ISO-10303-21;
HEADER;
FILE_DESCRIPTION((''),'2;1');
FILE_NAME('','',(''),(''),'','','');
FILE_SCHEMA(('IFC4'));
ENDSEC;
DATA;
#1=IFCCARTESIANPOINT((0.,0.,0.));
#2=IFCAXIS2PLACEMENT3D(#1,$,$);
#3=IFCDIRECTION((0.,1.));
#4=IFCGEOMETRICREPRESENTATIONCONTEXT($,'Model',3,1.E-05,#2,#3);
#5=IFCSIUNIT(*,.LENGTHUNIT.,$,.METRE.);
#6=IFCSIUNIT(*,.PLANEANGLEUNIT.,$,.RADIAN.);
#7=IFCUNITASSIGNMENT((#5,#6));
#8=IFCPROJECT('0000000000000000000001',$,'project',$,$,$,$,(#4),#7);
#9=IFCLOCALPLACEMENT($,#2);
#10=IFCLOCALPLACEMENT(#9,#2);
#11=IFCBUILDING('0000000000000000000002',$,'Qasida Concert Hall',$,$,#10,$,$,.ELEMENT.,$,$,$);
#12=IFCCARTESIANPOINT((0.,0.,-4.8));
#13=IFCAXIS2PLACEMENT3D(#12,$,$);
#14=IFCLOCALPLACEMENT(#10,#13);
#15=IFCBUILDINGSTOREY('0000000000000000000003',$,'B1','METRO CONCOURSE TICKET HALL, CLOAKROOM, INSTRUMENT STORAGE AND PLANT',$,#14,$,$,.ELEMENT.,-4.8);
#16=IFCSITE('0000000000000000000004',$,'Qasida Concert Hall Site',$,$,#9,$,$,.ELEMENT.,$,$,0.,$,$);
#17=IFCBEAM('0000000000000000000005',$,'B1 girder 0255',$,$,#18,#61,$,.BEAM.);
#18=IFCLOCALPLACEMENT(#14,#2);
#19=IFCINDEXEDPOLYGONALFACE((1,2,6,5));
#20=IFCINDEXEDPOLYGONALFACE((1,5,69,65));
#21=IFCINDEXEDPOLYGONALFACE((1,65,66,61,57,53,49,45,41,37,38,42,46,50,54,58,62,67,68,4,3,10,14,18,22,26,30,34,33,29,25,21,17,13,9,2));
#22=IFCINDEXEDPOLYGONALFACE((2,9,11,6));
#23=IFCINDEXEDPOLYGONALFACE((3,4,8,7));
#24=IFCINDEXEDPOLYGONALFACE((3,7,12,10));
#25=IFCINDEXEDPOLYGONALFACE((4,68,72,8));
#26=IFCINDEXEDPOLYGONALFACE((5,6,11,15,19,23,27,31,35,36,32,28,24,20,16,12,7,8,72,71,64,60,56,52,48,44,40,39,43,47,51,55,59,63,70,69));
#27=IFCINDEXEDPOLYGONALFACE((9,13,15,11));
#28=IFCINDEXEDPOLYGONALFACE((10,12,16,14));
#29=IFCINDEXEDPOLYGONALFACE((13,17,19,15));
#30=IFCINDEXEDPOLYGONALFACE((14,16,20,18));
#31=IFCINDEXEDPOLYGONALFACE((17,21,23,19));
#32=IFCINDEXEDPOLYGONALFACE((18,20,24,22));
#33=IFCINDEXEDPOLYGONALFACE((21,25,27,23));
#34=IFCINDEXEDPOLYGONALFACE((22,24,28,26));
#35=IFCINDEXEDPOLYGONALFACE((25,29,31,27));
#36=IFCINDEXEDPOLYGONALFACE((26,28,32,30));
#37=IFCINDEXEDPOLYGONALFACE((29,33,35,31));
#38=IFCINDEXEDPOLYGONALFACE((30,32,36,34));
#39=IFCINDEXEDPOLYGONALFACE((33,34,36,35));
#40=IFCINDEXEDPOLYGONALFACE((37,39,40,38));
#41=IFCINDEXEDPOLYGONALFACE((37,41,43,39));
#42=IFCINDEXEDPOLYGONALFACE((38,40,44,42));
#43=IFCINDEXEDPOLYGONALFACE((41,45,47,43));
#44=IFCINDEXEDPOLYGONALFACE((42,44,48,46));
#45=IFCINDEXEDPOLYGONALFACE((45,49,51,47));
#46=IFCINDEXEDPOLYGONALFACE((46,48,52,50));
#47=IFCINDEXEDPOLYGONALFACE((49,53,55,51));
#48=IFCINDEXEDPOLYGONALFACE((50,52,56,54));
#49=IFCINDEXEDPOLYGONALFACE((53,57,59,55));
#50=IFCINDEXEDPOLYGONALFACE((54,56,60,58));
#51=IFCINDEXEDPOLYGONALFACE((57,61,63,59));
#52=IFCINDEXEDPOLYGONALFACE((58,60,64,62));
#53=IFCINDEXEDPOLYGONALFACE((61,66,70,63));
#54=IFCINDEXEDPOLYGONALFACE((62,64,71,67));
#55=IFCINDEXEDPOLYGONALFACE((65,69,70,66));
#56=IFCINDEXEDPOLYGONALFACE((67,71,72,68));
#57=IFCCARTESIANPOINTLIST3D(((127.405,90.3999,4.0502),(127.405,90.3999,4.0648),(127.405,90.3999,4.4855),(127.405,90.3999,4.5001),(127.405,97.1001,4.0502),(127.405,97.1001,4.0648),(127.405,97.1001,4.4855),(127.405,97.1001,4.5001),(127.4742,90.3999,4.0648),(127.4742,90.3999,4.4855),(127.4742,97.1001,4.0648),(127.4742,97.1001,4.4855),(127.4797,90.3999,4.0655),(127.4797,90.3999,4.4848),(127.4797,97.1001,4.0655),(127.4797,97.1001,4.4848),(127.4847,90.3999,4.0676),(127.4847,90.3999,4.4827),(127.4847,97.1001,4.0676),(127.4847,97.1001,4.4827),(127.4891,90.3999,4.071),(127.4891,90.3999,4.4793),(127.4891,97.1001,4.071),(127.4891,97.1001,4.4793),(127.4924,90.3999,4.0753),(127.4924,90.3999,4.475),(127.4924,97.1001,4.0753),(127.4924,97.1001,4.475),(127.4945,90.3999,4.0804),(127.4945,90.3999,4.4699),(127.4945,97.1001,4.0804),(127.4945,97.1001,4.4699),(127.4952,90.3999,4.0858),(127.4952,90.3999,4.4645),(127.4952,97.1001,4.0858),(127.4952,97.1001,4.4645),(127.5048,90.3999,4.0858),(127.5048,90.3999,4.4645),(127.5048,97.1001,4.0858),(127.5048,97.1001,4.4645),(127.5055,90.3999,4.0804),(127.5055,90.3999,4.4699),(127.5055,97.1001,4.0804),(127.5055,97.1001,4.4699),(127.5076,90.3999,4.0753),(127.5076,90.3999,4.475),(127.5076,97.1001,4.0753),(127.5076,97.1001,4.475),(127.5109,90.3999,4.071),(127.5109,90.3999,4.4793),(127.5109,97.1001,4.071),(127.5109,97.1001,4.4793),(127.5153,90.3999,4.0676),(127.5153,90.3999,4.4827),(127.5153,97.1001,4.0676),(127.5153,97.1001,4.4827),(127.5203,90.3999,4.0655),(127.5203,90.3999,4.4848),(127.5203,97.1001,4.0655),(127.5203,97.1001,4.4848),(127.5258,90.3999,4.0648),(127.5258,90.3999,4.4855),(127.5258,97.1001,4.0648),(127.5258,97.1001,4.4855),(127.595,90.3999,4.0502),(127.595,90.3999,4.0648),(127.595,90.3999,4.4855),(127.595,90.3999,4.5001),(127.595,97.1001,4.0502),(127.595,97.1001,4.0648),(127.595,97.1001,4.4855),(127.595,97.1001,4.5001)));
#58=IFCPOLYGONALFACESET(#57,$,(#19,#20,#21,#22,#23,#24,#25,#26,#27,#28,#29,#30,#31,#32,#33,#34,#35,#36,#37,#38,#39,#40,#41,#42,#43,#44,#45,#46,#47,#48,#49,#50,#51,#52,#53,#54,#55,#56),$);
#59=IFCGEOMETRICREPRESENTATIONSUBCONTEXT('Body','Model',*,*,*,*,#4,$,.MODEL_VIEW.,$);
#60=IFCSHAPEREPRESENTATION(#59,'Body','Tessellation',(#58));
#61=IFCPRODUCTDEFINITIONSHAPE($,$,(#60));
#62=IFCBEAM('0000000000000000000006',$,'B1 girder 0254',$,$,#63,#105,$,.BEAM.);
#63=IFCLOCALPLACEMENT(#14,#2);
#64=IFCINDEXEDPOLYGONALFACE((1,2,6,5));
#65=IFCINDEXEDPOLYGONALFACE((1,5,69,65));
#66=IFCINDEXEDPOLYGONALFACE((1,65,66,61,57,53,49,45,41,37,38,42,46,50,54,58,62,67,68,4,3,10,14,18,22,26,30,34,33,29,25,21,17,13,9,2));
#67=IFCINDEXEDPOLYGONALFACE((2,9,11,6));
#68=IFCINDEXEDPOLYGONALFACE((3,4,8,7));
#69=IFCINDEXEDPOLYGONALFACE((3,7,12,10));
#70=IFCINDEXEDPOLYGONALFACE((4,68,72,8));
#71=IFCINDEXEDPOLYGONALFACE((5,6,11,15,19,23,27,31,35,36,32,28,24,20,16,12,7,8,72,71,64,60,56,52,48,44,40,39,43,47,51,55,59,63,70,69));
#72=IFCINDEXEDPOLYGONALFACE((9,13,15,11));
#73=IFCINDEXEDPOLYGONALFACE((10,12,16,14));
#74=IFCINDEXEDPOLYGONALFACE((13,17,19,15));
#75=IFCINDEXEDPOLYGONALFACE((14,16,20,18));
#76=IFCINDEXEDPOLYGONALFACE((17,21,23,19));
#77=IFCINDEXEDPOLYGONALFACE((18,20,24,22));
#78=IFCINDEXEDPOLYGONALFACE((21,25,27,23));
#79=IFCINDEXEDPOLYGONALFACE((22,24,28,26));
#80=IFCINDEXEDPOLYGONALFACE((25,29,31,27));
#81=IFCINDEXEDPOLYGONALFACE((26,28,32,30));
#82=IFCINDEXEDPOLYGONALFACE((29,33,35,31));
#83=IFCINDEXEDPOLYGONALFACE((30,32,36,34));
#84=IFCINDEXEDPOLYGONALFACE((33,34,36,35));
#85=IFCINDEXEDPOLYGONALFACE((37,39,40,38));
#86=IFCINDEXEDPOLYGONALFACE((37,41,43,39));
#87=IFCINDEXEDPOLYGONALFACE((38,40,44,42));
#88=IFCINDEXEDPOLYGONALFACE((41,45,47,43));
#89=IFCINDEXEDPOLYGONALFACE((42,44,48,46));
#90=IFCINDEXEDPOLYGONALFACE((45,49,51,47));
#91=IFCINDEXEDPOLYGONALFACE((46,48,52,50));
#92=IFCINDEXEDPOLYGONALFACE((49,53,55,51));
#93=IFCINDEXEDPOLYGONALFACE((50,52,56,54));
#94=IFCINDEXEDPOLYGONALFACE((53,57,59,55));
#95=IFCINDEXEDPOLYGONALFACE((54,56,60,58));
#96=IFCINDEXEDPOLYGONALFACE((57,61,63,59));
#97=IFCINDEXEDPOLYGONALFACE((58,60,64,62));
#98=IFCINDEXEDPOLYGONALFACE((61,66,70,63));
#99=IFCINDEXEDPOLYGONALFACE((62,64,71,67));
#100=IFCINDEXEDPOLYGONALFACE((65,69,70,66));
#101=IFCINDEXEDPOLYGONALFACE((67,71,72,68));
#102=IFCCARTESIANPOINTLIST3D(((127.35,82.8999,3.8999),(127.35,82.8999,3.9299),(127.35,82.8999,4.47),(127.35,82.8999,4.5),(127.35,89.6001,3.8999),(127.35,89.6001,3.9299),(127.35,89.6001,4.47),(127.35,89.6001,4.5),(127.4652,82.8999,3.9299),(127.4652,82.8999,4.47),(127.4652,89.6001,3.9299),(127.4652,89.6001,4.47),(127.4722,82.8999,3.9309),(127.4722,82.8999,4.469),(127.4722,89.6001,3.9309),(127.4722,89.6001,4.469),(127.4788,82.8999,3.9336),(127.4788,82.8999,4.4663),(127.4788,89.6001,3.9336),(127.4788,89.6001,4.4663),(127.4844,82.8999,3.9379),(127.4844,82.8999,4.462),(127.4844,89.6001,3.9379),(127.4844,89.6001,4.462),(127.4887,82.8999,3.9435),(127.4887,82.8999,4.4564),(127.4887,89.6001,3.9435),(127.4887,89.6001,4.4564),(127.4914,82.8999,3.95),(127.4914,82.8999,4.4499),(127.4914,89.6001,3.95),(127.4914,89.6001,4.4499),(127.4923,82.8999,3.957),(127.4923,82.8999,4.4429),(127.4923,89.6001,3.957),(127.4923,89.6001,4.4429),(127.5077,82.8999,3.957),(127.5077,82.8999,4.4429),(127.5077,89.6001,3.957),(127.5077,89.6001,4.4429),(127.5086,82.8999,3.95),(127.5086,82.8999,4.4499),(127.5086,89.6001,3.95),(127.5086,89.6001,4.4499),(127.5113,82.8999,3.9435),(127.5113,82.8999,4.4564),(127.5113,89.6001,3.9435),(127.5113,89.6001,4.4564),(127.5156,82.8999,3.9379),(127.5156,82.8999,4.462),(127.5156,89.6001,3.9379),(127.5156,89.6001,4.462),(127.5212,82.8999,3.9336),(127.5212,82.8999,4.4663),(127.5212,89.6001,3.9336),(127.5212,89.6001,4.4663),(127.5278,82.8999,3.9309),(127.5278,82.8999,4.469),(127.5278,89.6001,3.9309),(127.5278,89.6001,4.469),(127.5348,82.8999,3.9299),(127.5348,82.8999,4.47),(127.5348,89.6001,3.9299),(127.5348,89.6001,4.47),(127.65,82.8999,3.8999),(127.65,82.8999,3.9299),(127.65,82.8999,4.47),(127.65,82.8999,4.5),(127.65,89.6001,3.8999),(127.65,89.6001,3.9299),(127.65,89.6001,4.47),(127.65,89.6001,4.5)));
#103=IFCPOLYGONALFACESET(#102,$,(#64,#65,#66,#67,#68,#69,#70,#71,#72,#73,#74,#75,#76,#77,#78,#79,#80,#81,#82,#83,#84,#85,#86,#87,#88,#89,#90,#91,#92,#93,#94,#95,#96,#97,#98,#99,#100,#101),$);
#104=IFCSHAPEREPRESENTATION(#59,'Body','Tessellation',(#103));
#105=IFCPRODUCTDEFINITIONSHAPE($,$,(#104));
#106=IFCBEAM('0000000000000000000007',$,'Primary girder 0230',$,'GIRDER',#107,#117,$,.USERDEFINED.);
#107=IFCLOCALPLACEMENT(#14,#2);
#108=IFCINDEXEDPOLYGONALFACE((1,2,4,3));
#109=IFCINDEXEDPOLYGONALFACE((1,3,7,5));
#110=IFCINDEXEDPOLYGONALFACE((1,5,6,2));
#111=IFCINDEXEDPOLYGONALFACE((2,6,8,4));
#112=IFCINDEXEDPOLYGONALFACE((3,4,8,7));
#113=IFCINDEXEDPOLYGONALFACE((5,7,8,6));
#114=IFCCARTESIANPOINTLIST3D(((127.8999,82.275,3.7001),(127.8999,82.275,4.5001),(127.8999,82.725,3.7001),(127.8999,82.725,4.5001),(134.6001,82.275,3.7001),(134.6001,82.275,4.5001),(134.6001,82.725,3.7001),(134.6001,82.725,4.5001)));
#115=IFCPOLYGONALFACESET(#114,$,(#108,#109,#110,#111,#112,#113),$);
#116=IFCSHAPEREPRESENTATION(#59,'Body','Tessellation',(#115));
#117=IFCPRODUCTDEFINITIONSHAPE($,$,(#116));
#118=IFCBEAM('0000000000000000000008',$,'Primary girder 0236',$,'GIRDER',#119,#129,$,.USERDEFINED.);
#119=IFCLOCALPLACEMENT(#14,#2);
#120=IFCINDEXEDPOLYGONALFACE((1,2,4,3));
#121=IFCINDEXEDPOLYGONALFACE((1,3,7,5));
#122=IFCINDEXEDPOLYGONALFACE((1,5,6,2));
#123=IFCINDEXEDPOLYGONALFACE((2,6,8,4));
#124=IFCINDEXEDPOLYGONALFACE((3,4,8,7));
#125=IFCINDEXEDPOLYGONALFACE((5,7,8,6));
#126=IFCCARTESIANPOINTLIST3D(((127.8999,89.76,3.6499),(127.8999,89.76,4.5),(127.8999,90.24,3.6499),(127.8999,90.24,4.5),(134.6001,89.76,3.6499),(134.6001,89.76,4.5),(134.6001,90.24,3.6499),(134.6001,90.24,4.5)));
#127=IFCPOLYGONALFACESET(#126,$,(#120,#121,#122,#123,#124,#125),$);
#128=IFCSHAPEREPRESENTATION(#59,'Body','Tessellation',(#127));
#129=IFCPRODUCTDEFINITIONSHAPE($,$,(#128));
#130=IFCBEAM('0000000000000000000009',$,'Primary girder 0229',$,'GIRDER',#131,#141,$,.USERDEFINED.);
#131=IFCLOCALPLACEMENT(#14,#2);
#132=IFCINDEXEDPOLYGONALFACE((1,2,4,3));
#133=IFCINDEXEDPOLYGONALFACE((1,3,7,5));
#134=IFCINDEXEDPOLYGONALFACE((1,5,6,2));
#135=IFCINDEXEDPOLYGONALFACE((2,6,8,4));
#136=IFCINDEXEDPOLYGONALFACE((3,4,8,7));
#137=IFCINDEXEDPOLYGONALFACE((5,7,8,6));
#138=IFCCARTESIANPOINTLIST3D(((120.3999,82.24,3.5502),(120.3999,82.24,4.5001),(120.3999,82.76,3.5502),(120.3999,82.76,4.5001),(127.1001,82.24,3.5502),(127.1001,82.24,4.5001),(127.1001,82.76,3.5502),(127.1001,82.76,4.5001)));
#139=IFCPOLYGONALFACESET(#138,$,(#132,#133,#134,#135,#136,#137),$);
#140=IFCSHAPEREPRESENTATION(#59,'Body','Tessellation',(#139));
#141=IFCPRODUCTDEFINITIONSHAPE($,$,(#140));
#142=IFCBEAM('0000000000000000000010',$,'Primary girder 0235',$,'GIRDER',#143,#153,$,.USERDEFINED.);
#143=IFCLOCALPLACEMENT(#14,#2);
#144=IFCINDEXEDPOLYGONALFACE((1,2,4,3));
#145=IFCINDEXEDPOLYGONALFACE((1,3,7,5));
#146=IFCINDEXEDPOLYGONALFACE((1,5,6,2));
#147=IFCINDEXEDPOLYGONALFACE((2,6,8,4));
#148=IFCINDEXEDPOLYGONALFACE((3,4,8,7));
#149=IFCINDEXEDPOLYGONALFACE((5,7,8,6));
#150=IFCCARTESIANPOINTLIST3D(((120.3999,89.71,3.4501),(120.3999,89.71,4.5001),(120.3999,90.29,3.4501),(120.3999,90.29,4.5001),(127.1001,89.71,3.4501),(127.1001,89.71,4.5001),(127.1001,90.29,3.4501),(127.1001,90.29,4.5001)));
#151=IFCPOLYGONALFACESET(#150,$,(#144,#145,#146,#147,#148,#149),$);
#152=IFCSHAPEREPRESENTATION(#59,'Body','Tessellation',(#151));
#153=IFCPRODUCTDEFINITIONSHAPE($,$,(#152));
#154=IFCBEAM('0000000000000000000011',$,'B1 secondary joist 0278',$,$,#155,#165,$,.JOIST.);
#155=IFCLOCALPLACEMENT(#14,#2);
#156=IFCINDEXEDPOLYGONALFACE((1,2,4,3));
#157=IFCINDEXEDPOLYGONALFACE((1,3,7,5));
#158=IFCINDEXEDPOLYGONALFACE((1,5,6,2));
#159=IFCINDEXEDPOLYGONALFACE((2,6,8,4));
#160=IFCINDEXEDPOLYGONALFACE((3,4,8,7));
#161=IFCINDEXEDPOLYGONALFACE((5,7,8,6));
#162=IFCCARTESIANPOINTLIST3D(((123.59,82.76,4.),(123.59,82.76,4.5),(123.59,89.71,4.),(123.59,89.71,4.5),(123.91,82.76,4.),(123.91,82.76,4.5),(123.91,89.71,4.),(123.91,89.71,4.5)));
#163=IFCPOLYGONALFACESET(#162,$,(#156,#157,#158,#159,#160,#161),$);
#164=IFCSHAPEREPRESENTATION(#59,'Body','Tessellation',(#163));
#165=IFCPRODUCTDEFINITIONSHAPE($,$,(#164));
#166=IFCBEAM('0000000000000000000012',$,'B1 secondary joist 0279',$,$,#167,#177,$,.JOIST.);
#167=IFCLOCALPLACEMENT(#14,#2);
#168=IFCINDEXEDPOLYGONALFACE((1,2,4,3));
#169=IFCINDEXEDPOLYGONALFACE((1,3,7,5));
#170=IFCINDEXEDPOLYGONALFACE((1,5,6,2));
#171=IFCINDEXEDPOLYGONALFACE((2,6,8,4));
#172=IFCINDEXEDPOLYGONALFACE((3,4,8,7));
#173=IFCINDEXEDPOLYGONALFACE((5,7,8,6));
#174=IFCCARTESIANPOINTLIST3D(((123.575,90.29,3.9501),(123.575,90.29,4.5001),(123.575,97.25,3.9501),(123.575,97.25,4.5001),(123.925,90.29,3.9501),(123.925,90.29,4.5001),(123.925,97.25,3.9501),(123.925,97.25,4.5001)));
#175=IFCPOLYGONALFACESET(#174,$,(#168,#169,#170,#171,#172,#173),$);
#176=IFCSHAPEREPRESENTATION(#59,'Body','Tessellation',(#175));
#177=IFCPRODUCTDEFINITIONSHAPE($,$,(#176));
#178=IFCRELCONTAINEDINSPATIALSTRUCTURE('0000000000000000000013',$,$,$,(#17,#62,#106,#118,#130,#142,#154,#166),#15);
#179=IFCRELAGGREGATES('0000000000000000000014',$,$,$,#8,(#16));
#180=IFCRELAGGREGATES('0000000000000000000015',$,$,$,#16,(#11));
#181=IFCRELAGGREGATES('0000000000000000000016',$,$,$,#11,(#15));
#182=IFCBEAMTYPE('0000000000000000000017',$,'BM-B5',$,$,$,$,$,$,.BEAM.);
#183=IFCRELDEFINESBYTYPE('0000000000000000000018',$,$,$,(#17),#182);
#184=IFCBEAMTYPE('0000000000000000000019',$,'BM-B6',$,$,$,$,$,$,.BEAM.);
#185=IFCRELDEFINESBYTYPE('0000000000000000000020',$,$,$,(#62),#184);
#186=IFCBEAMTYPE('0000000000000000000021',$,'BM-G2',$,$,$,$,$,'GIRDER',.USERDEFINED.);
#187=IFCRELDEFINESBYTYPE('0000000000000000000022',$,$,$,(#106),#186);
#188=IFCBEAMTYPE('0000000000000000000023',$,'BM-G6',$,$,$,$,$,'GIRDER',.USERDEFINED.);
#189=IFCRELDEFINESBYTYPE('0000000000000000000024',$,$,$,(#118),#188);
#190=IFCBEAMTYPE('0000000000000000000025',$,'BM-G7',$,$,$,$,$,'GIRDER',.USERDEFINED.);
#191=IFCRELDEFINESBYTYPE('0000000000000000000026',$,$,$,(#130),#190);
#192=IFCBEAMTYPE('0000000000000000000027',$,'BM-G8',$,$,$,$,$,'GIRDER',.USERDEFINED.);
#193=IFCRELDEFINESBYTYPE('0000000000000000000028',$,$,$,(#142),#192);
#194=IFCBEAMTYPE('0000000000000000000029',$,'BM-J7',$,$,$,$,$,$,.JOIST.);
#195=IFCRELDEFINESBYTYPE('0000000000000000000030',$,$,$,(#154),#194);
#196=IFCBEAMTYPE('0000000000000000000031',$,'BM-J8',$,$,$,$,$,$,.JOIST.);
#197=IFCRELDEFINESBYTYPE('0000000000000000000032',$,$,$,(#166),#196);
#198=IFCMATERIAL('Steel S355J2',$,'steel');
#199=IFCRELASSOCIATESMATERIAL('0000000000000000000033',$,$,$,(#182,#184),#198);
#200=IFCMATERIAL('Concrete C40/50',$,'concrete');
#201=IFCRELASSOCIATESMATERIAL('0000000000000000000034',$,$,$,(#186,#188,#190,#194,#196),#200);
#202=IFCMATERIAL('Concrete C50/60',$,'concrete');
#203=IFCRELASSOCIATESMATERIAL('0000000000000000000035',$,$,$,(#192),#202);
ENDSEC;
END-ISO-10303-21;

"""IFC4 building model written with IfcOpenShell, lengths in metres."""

from ifc_helpers import new_model, si_unit, direction, frame, origin, origin_2d, place, context, subcontext, project, spatial, rectangle, i_section, extrude, material, material_profile, profile_set, type_object, element, save


model = new_model("IFC4")

# Units and contexts
model_context = context("Model", 3, precision=1e-05, world=origin(), true_north=direction((0.0, 1.0)))
body_context = subcontext(model_context, "Body", "Model", "MODEL_VIEW")
ifc_project = project(units=[si_unit("LENGTHUNIT", "METRE"), si_unit("PLANEANGLEUNIT", "RADIAN")], contexts=[model_context])

# Site, building, storey
site_placement = place(None, origin())
site = spatial("IfcSite", under=ifc_project, at=site_placement, Name="Qasida Concert Hall Site", CompositionType="ELEMENT", RefElevation=0.0)
building_placement = place(site_placement, origin())
building = spatial("IfcBuilding", under=site, at=building_placement, Name="Qasida Concert Hall", CompositionType="ELEMENT")
storey_placement = place(building_placement, frame((0.0, 0.0, -4.8)))
storey = spatial("IfcBuildingStorey", under=building, at=storey_placement, Name="B1", Description="METRO CONCOURSE TICKET HALL, CLOAKROOM, INSTRUMENT STORAGE AND PLANT", CompositionType="ELEMENT", Elevation=-4.8)

# Shared definitions
ifc_material_1 = material(Name="Concrete C40/50", Category="concrete")

# Shared definitions
ifc_material_2 = material(Name="Concrete C50/60", Category="concrete")

# Beams
ifc_material_3 = material(Name="Steel S355J2", Category="steel")
ifc_material_profile_1 = material_profile(ifc_material_3, i_section(OverallWidth=0.1899, OverallDepth=0.45, WebThickness=0.0095, FlangeThickness=0.0146, FilletRadius=0.021, at=origin_2d()), Name="IPE 450")
ifc_profile_set_1 = profile_set([ifc_material_profile_1], Name="Steel S355J2")
beam_type_1 = type_object("IfcBeamType", Name="BM-B5", PredefinedType="BEAM", material=ifc_profile_set_1)
beam_1_placement = place(storey_placement, frame((127.5, 90.3999, 4.2751), z_axis=(0.0, 1.0, 0.0), x_axis=(-1.0, 0.0, 0.0)))
element("IfcBeam", 1, at=beam_1_placement, inside=storey, type_object=beam_type_1, Name="B1 girder 0255", PredefinedType="BEAM", context=body_context, shape_type="SweptSolid", body=[
    extrude(i_section(OverallWidth=0.1899, OverallDepth=0.45, WebThickness=0.0095, FlangeThickness=0.0146, FilletRadius=0.021, at=origin_2d()), origin(), (0.0, 0.0, 1.0), 6.7002),
])
ifc_material_profile_2 = material_profile(ifc_material_3, i_section(OverallWidth=0.3, OverallDepth=0.6001, WebThickness=0.0154, FlangeThickness=0.03, FilletRadius=0.0271, at=origin_2d()), Name="HEB 600")
ifc_profile_set_2 = profile_set([ifc_material_profile_2], Name="Steel S355J2")
beam_type_2 = type_object("IfcBeamType", Name="BM-B6", PredefinedType="BEAM", material=ifc_profile_set_2)
beam_2_placement = place(storey_placement, frame((127.5, 82.8999, 4.2), z_axis=(0.0, 1.0, 0.0), x_axis=(-1.0, 0.0, 0.0)))
element("IfcBeam", 2, at=beam_2_placement, inside=storey, type_object=beam_type_2, Name="B1 girder 0254", PredefinedType="BEAM", context=body_context, shape_type="SweptSolid", body=[
    extrude(i_section(OverallWidth=0.3, OverallDepth=0.6001, WebThickness=0.0154, FlangeThickness=0.03, FilletRadius=0.0271, at=origin_2d()), origin(), (0.0, 0.0, 1.0), 6.7002),
])
ifc_material_profile_3 = material_profile(ifc_material_1, rectangle(XDim=0.45, YDim=0.8, at=origin_2d()), Name="RC 450x800")
ifc_profile_set_3 = profile_set([ifc_material_profile_3], Name="Concrete C40/50")
beam_type_3 = type_object("IfcBeamType", Name="BM-G2", ElementType="GIRDER", PredefinedType="USERDEFINED", material=ifc_profile_set_3)
beam_3_placement = place(storey_placement, frame((127.8999, 82.5, 4.1001), z_axis=(1.0, 0.0, 0.0), x_axis=(0.0, 1.0, 0.0)))
element("IfcBeam", 3, at=beam_3_placement, inside=storey, type_object=beam_type_3, Name="Primary girder 0230", ObjectType="GIRDER", PredefinedType="USERDEFINED", context=body_context, shape_type="SweptSolid", body=[
    extrude(rectangle(XDim=0.45, YDim=0.8, at=origin_2d()), origin(), (0.0, 0.0, 1.0), 6.7002),
])
ifc_material_profile_4 = material_profile(ifc_material_1, rectangle(XDim=0.48, YDim=0.8501, at=origin_2d()), Name="RC 480x850")
ifc_profile_set_4 = profile_set([ifc_material_profile_4], Name="Concrete C40/50")
beam_type_4 = type_object("IfcBeamType", Name="BM-G6", ElementType="GIRDER", PredefinedType="USERDEFINED", material=ifc_profile_set_4)
beam_4_placement = place(storey_placement, frame((127.8999, 90.0, 4.075), z_axis=(1.0, 0.0, 0.0), x_axis=(0.0, 1.0, 0.0)))
element("IfcBeam", 4, at=beam_4_placement, inside=storey, type_object=beam_type_4, Name="Primary girder 0236", ObjectType="GIRDER", PredefinedType="USERDEFINED", context=body_context, shape_type="SweptSolid", body=[
    extrude(rectangle(XDim=0.48, YDim=0.8501, at=origin_2d()), origin(), (0.0, 0.0, 1.0), 6.7002),
])
ifc_material_profile_5 = material_profile(ifc_material_1, rectangle(XDim=0.52, YDim=0.95, at=origin_2d()), Name="RC 520x950")
ifc_profile_set_5 = profile_set([ifc_material_profile_5], Name="Concrete C40/50")
beam_type_5 = type_object("IfcBeamType", Name="BM-G7", ElementType="GIRDER", PredefinedType="USERDEFINED", material=ifc_profile_set_5)
beam_5_placement = place(storey_placement, frame((120.3999, 82.5, 4.0251), z_axis=(1.0, 0.0, 0.0), x_axis=(0.0, 1.0, 0.0)))
element("IfcBeam", 5, at=beam_5_placement, inside=storey, type_object=beam_type_5, Name="Primary girder 0229", ObjectType="GIRDER", PredefinedType="USERDEFINED", context=body_context, shape_type="SweptSolid", body=[
    extrude(rectangle(XDim=0.52, YDim=0.95, at=origin_2d()), origin(), (0.0, 0.0, 1.0), 6.7002),
])
ifc_material_profile_6 = material_profile(ifc_material_2, rectangle(XDim=0.5801, YDim=1.05, at=origin_2d()), Name="RC 580x1050")
ifc_profile_set_6 = profile_set([ifc_material_profile_6], Name="Concrete C50/60")
beam_type_6 = type_object("IfcBeamType", Name="BM-G8", ElementType="GIRDER", PredefinedType="USERDEFINED", material=ifc_profile_set_6)
beam_6_placement = place(storey_placement, frame((120.3999, 90.0, 3.9751), z_axis=(1.0, 0.0, 0.0), x_axis=(0.0, 1.0, 0.0)))
element("IfcBeam", 6, at=beam_6_placement, inside=storey, type_object=beam_type_6, Name="Primary girder 0235", ObjectType="GIRDER", PredefinedType="USERDEFINED", context=body_context, shape_type="SweptSolid", body=[
    extrude(rectangle(XDim=0.5801, YDim=1.05, at=origin_2d()), origin(), (0.0, 0.0, 1.0), 6.7002),
])
ifc_material_profile_7 = material_profile(ifc_material_1, rectangle(XDim=0.3201, YDim=0.5, at=origin_2d()), Name="RC 320x500")
ifc_profile_set_7 = profile_set([ifc_material_profile_7], Name="Concrete C40/50")
beam_type_7 = type_object("IfcBeamType", Name="BM-J7", PredefinedType="JOIST", material=ifc_profile_set_7)
beam_7_placement = place(storey_placement, frame((123.75, 82.76, 4.25), z_axis=(0.0, 1.0, 0.0), x_axis=(-1.0, 0.0, 0.0)))
element("IfcBeam", 7, at=beam_7_placement, inside=storey, type_object=beam_type_7, Name="B1 secondary joist 0278", PredefinedType="JOIST", context=body_context, shape_type="SweptSolid", body=[
    extrude(rectangle(XDim=0.3201, YDim=0.5, at=origin_2d()), origin(), (0.0, 0.0, 1.0), 6.95),
])
ifc_material_profile_8 = material_profile(ifc_material_1, rectangle(XDim=0.3501, YDim=0.55, at=origin_2d()), Name="RC 350x550")
ifc_profile_set_8 = profile_set([ifc_material_profile_8], Name="Concrete C40/50")
beam_type_8 = type_object("IfcBeamType", Name="BM-J8", PredefinedType="JOIST", material=ifc_profile_set_8)
beam_8_placement = place(storey_placement, frame((123.75, 90.29, 4.2251), z_axis=(0.0, 1.0, 0.0), x_axis=(-1.0, 0.0, 0.0)))
element("IfcBeam", 8, at=beam_8_placement, inside=storey, type_object=beam_type_8, Name="B1 secondary joist 0279", PredefinedType="JOIST", context=body_context, shape_type="SweptSolid", body=[
    extrude(rectangle(XDim=0.3501, YDim=0.55, at=origin_2d()), origin(), (0.0, 0.0, 1.0), 6.96),
])

save(model, "model.ifc")
